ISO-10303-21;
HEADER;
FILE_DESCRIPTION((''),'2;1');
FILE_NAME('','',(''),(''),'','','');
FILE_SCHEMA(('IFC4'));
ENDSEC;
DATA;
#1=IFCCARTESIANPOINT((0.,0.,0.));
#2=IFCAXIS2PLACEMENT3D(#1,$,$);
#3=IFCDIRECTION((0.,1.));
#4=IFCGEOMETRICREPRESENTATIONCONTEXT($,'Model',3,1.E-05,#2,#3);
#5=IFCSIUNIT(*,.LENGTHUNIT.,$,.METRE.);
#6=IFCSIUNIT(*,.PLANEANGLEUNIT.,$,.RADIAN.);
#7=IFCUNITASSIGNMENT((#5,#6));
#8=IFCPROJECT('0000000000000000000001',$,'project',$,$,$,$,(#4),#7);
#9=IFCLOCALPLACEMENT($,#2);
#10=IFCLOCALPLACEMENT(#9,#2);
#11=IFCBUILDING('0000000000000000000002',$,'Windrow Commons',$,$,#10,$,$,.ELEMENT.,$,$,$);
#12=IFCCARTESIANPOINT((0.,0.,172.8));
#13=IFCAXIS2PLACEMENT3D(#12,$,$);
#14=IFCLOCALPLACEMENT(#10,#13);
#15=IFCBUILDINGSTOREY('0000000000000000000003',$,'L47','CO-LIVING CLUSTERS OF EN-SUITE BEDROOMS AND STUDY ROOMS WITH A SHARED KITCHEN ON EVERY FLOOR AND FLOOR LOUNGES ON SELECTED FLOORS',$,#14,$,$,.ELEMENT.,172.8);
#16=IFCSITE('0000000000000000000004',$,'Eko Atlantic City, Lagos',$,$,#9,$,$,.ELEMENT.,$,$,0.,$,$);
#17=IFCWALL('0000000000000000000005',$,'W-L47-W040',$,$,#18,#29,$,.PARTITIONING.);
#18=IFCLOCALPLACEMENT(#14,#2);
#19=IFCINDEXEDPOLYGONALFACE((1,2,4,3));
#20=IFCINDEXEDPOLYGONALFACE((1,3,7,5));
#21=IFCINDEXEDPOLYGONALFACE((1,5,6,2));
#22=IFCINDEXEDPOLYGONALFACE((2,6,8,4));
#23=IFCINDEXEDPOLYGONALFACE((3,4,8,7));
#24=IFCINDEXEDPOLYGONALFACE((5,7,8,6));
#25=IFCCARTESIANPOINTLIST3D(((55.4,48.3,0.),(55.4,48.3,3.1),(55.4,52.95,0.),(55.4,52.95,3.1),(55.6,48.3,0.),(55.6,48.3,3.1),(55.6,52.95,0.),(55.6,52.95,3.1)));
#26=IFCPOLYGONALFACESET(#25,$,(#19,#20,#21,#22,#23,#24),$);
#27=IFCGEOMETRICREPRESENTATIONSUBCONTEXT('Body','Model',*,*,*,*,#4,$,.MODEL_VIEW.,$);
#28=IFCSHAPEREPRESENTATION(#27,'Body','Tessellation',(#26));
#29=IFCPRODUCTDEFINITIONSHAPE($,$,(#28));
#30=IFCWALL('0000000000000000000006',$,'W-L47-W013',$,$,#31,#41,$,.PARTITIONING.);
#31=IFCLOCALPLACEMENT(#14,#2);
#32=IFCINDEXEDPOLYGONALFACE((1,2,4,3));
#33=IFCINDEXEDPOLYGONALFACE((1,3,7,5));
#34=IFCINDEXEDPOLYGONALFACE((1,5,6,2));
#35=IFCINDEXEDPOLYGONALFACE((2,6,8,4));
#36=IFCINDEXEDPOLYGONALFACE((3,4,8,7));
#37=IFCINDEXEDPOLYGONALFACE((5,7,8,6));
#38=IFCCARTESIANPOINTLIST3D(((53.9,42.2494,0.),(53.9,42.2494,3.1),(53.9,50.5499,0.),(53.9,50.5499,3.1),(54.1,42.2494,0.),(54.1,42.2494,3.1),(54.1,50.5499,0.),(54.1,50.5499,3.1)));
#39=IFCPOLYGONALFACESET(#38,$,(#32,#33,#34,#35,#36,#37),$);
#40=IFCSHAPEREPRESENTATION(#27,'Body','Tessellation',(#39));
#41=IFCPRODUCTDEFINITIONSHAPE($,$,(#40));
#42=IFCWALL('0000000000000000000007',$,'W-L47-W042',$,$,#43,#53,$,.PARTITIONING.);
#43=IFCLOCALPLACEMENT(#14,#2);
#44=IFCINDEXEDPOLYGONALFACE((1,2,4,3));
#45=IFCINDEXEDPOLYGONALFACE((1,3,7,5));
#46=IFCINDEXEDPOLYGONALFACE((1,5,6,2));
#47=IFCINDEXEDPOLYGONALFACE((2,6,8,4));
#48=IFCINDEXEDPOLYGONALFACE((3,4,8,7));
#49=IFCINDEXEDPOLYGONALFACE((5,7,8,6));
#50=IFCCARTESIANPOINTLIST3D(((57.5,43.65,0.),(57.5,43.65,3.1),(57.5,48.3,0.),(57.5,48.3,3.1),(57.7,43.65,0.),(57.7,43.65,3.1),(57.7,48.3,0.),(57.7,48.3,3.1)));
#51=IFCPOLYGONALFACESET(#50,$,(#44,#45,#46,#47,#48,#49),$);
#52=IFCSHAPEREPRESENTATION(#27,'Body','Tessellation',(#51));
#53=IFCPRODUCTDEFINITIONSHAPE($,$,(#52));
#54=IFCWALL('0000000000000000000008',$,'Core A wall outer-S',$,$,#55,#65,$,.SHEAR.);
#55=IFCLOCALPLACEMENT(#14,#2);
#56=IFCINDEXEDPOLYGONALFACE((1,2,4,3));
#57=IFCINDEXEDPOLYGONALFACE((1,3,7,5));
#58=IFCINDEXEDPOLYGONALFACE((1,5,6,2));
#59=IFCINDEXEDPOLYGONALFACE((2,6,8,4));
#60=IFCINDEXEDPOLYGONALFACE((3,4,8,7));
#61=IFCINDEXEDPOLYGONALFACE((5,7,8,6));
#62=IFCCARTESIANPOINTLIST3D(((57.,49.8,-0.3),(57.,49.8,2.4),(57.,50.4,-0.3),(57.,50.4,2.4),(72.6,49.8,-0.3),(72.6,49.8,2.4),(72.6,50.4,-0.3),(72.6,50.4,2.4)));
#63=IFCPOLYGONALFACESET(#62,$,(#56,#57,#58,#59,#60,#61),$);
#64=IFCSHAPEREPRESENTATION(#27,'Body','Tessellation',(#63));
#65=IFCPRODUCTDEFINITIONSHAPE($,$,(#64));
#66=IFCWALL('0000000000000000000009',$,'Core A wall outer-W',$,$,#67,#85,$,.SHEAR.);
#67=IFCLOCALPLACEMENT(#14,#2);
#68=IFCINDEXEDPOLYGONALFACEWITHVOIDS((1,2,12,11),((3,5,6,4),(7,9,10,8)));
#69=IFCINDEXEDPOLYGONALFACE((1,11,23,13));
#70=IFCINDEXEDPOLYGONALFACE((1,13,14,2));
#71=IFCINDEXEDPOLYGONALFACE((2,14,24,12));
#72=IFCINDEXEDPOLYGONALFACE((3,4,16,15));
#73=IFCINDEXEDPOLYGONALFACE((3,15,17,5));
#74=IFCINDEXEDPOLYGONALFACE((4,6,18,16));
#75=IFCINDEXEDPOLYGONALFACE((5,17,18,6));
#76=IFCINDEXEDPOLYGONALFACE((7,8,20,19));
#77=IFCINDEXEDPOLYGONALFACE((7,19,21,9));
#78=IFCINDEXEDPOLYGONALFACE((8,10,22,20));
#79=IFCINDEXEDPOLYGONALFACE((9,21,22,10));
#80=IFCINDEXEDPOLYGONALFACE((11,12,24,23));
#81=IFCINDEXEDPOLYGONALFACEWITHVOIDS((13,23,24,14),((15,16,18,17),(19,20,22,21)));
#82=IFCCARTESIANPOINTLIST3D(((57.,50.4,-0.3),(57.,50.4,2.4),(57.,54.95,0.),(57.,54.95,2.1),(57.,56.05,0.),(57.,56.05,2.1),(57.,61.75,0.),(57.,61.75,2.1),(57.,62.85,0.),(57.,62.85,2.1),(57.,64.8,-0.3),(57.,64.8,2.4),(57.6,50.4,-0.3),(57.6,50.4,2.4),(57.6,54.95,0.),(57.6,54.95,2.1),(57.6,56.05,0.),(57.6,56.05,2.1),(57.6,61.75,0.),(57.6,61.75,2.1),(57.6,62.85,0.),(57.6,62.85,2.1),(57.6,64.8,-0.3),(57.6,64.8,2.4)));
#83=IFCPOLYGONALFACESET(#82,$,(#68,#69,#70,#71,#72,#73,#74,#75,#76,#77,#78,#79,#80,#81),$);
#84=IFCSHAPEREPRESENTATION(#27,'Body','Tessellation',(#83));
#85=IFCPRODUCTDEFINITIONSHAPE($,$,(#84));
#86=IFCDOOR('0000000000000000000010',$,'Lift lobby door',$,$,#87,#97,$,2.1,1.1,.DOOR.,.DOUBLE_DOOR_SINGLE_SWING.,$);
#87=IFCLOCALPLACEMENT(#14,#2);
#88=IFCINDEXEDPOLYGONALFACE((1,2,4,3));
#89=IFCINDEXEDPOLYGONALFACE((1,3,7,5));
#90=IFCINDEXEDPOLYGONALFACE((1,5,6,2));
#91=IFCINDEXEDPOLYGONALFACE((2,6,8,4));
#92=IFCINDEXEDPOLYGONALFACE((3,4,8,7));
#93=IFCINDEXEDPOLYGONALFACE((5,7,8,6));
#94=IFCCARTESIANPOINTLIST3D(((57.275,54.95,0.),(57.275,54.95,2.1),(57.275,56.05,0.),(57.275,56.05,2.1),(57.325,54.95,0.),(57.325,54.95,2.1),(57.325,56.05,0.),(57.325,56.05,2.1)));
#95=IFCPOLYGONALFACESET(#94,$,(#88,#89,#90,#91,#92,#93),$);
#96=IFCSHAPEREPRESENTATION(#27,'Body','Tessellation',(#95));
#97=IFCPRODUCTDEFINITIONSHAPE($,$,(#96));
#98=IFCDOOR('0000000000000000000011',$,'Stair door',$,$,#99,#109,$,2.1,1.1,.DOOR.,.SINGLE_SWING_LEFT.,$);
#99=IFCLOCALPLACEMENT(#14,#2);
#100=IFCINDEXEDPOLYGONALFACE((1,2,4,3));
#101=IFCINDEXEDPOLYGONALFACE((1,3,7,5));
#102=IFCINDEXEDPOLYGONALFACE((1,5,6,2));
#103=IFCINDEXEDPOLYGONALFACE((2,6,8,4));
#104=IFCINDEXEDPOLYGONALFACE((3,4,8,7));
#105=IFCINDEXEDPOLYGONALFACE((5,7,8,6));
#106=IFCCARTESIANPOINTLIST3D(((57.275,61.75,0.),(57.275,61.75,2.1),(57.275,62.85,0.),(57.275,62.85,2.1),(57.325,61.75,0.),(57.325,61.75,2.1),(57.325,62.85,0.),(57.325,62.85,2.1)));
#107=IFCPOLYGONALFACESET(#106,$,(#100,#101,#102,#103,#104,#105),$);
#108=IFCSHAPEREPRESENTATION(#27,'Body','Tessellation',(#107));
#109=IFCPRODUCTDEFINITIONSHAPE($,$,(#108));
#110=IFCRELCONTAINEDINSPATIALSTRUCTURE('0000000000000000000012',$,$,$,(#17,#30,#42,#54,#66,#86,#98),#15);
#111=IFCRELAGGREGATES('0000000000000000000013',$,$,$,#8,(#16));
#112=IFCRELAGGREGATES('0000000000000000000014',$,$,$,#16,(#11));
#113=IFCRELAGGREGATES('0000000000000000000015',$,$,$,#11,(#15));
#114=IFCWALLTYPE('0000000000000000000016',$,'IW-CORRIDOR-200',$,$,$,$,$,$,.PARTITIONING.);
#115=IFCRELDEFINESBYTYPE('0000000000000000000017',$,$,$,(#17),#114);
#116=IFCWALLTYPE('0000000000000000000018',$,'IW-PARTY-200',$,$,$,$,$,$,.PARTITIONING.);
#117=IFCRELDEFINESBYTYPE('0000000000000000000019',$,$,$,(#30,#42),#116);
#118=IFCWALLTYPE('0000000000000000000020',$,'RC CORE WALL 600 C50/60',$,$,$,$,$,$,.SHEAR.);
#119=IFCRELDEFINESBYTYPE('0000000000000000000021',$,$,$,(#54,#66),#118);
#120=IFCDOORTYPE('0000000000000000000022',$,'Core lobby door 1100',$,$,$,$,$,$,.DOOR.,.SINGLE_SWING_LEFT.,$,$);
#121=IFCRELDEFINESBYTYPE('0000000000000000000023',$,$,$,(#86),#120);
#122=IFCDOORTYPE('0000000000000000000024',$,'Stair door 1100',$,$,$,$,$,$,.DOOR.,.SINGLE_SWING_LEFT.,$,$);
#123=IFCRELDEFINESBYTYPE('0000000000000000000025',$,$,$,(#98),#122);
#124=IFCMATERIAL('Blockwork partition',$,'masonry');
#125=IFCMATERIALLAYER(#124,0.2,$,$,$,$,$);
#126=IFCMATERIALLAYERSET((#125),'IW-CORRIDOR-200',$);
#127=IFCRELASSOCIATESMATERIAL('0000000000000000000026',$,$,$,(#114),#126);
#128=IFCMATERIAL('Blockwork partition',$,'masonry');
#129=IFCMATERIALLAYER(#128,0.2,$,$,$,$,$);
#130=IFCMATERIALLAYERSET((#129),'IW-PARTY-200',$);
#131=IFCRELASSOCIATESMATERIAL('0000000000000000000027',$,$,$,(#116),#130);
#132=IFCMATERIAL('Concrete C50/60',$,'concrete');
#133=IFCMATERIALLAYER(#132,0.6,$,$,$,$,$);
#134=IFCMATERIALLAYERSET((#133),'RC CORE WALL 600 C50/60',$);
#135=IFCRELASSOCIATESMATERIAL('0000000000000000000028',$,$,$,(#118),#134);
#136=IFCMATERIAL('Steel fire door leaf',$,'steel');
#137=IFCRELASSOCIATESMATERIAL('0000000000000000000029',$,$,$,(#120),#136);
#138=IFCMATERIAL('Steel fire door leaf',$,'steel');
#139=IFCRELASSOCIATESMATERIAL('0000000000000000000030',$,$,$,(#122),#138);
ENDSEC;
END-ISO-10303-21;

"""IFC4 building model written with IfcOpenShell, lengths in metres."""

from ifc_helpers import new_model, si_unit, direction, frame, frame_2d, origin, place, context, subcontext, project, spatial, rectangle, extrude, material, layer, layer_set, type_object, element, fill, save


model = new_model("IFC4")

# Units and contexts
model_context = context("Model", 3, precision=1e-05, world=origin(), true_north=direction((0.0, 1.0)))
body_context = subcontext(model_context, "Body", "Model", "MODEL_VIEW")
ifc_project = project(units=[si_unit("LENGTHUNIT", "METRE"), si_unit("PLANEANGLEUNIT", "RADIAN")], contexts=[model_context])

# Site, building, storey
site_placement = place(None, origin())
site = spatial("IfcSite", under=ifc_project, at=site_placement, Name="Eko Atlantic City, Lagos", CompositionType="ELEMENT", RefElevation=0.0)
building_placement = place(site_placement, origin())
building = spatial("IfcBuilding", under=site, at=building_placement, Name="Windrow Commons", CompositionType="ELEMENT")
storey_placement = place(building_placement, frame((0.0, 0.0, 172.8)))
storey = spatial("IfcBuildingStorey", under=building, at=storey_placement, Name="L47", Description="CO-LIVING CLUSTERS OF EN-SUITE BEDROOMS AND STUDY ROOMS WITH A SHARED KITCHEN ON EVERY FLOOR AND FLOOR LOUNGES ON SELECTED FLOORS", CompositionType="ELEMENT", Elevation=172.8)

# Shared definitions
ifc_material_1 = material(Name="Blockwork partition", Category="masonry")
ifc_layer_1 = layer(ifc_material_1, 0.2)
ifc_layer_set_1 = layer_set([ifc_layer_1], Name="IW-CORRIDOR-200")
wall_type_1 = type_object("IfcWallType", Name="IW-CORRIDOR-200", PredefinedType="PARTITIONING", material=ifc_layer_set_1)

# Walls
wall_1_placement = place(storey_placement, frame((55.5, 48.3, 0.0), z_axis=(0.0, 0.0, 1.0), x_axis=(0.0, 1.0, 0.0)))
element("IfcWall", 1, at=wall_1_placement, inside=storey, type_object=wall_type_1, Name="W-L47-W040", PredefinedType="PARTITIONING", context=body_context, shape_type="SweptSolid", body=[
    extrude(rectangle(XDim=4.65, YDim=0.2, at=frame_2d((2.325, 0.0))), origin(), (0.0, 0.0, 1.0), 3.1),
])
ifc_material_2 = material(Name="Blockwork partition", Category="masonry")
ifc_layer_2 = layer(ifc_material_2, 0.2)
ifc_layer_set_2 = layer_set([ifc_layer_2], Name="IW-PARTY-200")
wall_type_2 = type_object("IfcWallType", Name="IW-PARTY-200", PredefinedType="PARTITIONING", material=ifc_layer_set_2)
wall_2_placement = place(storey_placement, frame((54.0, 42.2495, 0.0), z_axis=(0.0, 0.0, 1.0), x_axis=(0.0, 1.0, 0.0)))
element("IfcWall", 2, at=wall_2_placement, inside=storey, type_object=wall_type_2, Name="W-L47-W013", PredefinedType="PARTITIONING", context=body_context, shape_type="SweptSolid", body=[
    extrude(rectangle(XDim=8.3005, YDim=0.2, at=frame_2d((4.1502, 0.0))), origin(), (0.0, 0.0, 1.0), 3.1),
])
wall_3_placement = place(storey_placement, frame((57.6, 43.65, 0.0), z_axis=(0.0, 0.0, 1.0), x_axis=(0.0, 1.0, 0.0)))
element("IfcWall", 3, at=wall_3_placement, inside=storey, type_object=wall_type_2, Name="W-L47-W042", PredefinedType="PARTITIONING", context=body_context, shape_type="SweptSolid", body=[
    extrude(rectangle(XDim=4.65, YDim=0.2, at=frame_2d((2.325, 0.0))), origin(), (0.0, 0.0, 1.0), 3.1),
])
ifc_material_3 = material(Name="Concrete C50/60", Category="concrete")
ifc_layer_3 = layer(ifc_material_3, 0.6)
ifc_layer_set_3 = layer_set([ifc_layer_3], Name="RC CORE WALL 600 C50/60")
wall_type_3 = type_object("IfcWallType", Name="RC CORE WALL 600 C50/60", PredefinedType="SHEAR", material=ifc_layer_set_3)
wall_4_placement = place(storey_placement, frame((57.0, 50.1, -0.3), z_axis=(0.0, 0.0, 1.0), x_axis=(1.0, 0.0, 0.0)))
element("IfcWall", 4, at=wall_4_placement, inside=storey, type_object=wall_type_3, Name="Core A wall outer-S", PredefinedType="SHEAR", context=body_context, shape_type="SweptSolid", body=[
    extrude(rectangle(XDim=15.6, YDim=0.6, at=frame_2d((7.8, 0.0))), origin(), (0.0, 0.0, 1.0), 2.7),
])

# Wall, openings, doors
wall_5_placement = place(storey_placement, frame((57.3, 50.4, -0.3), z_axis=(0.0, 0.0, 1.0), x_axis=(0.0, 1.0, 0.0)))
wall_5 = element("IfcWall", 5, at=wall_5_placement, inside=storey, type_object=wall_type_3, Name="Core A wall outer-W", PredefinedType="SHEAR", context=body_context, shape_type="SweptSolid", body=[
    extrude(rectangle(XDim=14.4, YDim=0.6, at=frame_2d((7.2, 0.0))), origin(), (0.0, 0.0, 1.0), 2.7),
])
opening_1_placement = place(wall_5_placement, frame((4.55, 0.0, 0.3)))
opening_1 = element("IfcOpeningElement", 6, at=opening_1_placement, cuts=wall_5, PredefinedType="OPENING", context=body_context, shape_type="SweptSolid", body=[
    extrude(rectangle(XDim=1.1, YDim=2.1, at=frame_2d((0.55, 1.05))), frame((0.0, 0.31, 0.0), z_axis=(0.0, -1.0, 0.0), x_axis=(1.0, 0.0, 0.0)), (0.0, 0.0, 1.0), 0.62),
])
opening_2_placement = place(wall_5_placement, frame((11.35, 0.0, 0.3)))
opening_2 = element("IfcOpeningElement", 7, at=opening_2_placement, cuts=wall_5, PredefinedType="OPENING", context=body_context, shape_type="SweptSolid", body=[
    extrude(rectangle(XDim=1.1, YDim=2.1, at=frame_2d((0.55, 1.05))), frame((0.0, 0.31, 0.0), z_axis=(0.0, -1.0, 0.0), x_axis=(1.0, 0.0, 0.0)), (0.0, 0.0, 1.0), 0.62),
])
ifc_material_4 = material(Name="Steel fire door leaf", Category="steel")
door_type_1 = type_object("IfcDoorType", Name="Core lobby door 1100", OperationType="SINGLE_SWING_LEFT", PredefinedType="DOOR", material=ifc_material_4)
door_1_placement = place(opening_1_placement, origin())
door_1 = element("IfcDoor", 8, at=door_1_placement, inside=storey, type_object=door_type_1, Name="Lift lobby door", OperationType="DOUBLE_DOOR_SINGLE_SWING", OverallHeight=2.1, OverallWidth=1.1, PredefinedType="DOOR", context=body_context, shape_type="SweptSolid", body=[
    extrude(rectangle(XDim=1.1, YDim=2.1, at=frame_2d((0.55, 1.05))), frame((0.0, 0.025, 0.0), z_axis=(0.0, -1.0, 0.0), x_axis=(1.0, 0.0, 0.0)), (0.0, 0.0, 1.0), 0.05),
])
fill(opening_1, door_1)
ifc_material_5 = material(Name="Steel fire door leaf", Category="steel")
door_type_2 = type_object("IfcDoorType", Name="Stair door 1100", OperationType="SINGLE_SWING_LEFT", PredefinedType="DOOR", material=ifc_material_5)
door_2_placement = place(opening_2_placement, origin())
door_2 = element("IfcDoor", 9, at=door_2_placement, inside=storey, type_object=door_type_2, Name="Stair door", OperationType="SINGLE_SWING_LEFT", OverallHeight=2.1, OverallWidth=1.1, PredefinedType="DOOR", context=body_context, shape_type="SweptSolid", body=[
    extrude(rectangle(XDim=1.1, YDim=2.1, at=frame_2d((0.55, 1.05))), frame((0.0, 0.025, 0.0), z_axis=(0.0, -1.0, 0.0), x_axis=(1.0, 0.0, 0.0)), (0.0, 0.0, 1.0), 0.05),
])
fill(opening_2, door_2)

save(model, "model.ifc")
